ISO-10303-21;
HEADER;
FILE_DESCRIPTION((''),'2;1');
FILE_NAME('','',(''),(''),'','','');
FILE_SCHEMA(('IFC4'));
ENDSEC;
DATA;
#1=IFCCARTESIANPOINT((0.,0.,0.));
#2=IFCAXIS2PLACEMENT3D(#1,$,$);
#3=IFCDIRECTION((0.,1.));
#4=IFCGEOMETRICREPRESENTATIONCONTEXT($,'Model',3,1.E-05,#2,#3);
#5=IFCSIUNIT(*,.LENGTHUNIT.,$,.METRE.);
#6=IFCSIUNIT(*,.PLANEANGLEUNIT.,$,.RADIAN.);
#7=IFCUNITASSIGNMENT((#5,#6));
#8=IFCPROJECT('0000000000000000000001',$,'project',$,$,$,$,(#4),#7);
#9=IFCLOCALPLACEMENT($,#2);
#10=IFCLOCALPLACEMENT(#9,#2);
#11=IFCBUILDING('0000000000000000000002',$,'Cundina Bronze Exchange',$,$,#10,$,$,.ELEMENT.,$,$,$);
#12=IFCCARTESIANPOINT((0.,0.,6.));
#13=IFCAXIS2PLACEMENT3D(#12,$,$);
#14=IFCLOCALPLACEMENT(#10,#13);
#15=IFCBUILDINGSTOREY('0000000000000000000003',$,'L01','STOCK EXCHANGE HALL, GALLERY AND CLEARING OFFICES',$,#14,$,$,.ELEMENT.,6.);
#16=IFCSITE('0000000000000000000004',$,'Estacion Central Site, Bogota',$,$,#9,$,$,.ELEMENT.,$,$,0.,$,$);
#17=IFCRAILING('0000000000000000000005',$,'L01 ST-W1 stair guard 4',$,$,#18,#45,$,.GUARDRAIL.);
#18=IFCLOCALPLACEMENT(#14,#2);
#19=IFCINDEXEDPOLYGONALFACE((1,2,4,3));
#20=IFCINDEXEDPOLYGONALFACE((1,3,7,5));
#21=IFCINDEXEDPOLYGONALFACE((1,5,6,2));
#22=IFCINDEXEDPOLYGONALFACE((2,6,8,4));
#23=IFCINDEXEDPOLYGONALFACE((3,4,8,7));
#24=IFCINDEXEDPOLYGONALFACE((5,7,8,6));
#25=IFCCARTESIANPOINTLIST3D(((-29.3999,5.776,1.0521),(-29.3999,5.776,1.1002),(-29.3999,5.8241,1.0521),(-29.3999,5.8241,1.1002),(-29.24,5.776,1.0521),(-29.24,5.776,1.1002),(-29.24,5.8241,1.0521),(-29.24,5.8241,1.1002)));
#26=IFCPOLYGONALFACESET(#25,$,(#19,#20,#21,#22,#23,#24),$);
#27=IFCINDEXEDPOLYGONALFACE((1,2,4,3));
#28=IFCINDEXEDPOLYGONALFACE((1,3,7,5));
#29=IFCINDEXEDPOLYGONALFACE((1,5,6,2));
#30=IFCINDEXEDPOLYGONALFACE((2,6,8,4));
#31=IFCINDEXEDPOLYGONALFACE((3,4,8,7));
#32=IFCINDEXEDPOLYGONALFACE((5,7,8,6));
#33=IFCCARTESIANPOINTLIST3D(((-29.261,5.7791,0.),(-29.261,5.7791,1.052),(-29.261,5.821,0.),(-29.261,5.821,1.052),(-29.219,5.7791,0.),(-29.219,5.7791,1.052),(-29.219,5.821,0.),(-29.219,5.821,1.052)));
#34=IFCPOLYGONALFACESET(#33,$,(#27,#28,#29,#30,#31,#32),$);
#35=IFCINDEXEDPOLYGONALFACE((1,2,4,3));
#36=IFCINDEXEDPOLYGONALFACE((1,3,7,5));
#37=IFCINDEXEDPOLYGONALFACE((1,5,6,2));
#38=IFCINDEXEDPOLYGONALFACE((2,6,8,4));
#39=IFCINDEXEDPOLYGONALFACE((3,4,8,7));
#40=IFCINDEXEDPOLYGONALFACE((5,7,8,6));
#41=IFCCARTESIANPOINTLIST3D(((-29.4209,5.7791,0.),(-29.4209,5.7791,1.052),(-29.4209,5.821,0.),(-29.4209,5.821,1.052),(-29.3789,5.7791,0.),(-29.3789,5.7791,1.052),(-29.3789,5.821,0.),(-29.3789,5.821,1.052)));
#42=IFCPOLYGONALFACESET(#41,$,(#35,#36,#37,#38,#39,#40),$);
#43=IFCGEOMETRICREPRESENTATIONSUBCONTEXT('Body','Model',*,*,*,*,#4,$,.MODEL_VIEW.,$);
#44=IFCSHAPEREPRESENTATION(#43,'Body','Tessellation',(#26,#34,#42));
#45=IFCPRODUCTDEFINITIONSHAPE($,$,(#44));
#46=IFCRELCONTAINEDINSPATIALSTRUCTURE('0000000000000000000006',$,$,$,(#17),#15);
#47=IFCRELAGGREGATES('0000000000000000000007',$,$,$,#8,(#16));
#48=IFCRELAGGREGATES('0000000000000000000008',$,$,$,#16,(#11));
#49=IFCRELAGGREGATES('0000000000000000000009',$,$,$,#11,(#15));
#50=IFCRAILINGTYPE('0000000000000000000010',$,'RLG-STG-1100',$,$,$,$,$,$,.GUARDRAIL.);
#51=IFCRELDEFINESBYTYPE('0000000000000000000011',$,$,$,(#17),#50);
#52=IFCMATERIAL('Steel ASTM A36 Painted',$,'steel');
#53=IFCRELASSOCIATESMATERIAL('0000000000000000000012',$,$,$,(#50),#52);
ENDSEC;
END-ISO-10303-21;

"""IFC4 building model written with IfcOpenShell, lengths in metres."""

from ifc_helpers import new_model, si_unit, direction, frame, origin, origin_2d, place, context, subcontext, project, spatial, rectangle, extrude, material, type_object, element, save


model = new_model("IFC4")

# Units and contexts
model_context = context("Model", 3, precision=1e-05, world=origin(), true_north=direction((0.0, 1.0)))
body_context = subcontext(model_context, "Body", "Model", "MODEL_VIEW")
ifc_project = project(units=[si_unit("LENGTHUNIT", "METRE"), si_unit("PLANEANGLEUNIT", "RADIAN")], contexts=[model_context])

# Site, building, storey
site_placement = place(None, origin())
site = spatial("IfcSite", under=ifc_project, at=site_placement, Name="Estacion Central Site, Bogota", CompositionType="ELEMENT", RefElevation=0.0)
building_placement = place(site_placement, origin())
building = spatial("IfcBuilding", under=site, at=building_placement, Name="Cundina Bronze Exchange", CompositionType="ELEMENT")
storey_placement = place(building_placement, frame((0.0, 0.0, 6.0)))
storey = spatial("IfcBuildingStorey", under=building, at=storey_placement, Name="L01", Description="STOCK EXCHANGE HALL, GALLERY AND CLEARING OFFICES", CompositionType="ELEMENT", Elevation=6.0)

# Shared definitions
ifc_material_1 = material(Name="Steel ASTM A36 Painted", Category="steel")

# Railing
railing_type_1 = type_object("IfcRailingType", Name="RLG-STG-1100", PredefinedType="GUARDRAIL", material=ifc_material_1)
railing_1_placement = place(storey_placement, frame((-29.24, 5.8, 0.0)))
element("IfcRailing", 1, at=railing_1_placement, inside=storey, type_object=railing_type_1, Name="L01 ST-W1 stair guard 4", PredefinedType="GUARDRAIL", context=body_context, shape_type="SweptSolid", body=[
    extrude(rectangle(XDim=0.0481, YDim=0.0481, at=origin_2d()), frame((0.0, 0.0, 1.0762), z_axis=(-1.0, 0.0, 0.0), x_axis=(0.0, -1.0, 0.0)), (0.0, 0.0, 1.0), 0.1599),
    extrude(rectangle(XDim=0.042, YDim=0.042, at=origin_2d()), origin(), (0.0, 0.0, 1.0), 1.052),
    extrude(rectangle(XDim=0.042, YDim=0.042, at=origin_2d()), frame((-0.1599, 0.0, 0.0)), (0.0, 0.0, 1.0), 1.052),
])

save(model, "model.ifc")
